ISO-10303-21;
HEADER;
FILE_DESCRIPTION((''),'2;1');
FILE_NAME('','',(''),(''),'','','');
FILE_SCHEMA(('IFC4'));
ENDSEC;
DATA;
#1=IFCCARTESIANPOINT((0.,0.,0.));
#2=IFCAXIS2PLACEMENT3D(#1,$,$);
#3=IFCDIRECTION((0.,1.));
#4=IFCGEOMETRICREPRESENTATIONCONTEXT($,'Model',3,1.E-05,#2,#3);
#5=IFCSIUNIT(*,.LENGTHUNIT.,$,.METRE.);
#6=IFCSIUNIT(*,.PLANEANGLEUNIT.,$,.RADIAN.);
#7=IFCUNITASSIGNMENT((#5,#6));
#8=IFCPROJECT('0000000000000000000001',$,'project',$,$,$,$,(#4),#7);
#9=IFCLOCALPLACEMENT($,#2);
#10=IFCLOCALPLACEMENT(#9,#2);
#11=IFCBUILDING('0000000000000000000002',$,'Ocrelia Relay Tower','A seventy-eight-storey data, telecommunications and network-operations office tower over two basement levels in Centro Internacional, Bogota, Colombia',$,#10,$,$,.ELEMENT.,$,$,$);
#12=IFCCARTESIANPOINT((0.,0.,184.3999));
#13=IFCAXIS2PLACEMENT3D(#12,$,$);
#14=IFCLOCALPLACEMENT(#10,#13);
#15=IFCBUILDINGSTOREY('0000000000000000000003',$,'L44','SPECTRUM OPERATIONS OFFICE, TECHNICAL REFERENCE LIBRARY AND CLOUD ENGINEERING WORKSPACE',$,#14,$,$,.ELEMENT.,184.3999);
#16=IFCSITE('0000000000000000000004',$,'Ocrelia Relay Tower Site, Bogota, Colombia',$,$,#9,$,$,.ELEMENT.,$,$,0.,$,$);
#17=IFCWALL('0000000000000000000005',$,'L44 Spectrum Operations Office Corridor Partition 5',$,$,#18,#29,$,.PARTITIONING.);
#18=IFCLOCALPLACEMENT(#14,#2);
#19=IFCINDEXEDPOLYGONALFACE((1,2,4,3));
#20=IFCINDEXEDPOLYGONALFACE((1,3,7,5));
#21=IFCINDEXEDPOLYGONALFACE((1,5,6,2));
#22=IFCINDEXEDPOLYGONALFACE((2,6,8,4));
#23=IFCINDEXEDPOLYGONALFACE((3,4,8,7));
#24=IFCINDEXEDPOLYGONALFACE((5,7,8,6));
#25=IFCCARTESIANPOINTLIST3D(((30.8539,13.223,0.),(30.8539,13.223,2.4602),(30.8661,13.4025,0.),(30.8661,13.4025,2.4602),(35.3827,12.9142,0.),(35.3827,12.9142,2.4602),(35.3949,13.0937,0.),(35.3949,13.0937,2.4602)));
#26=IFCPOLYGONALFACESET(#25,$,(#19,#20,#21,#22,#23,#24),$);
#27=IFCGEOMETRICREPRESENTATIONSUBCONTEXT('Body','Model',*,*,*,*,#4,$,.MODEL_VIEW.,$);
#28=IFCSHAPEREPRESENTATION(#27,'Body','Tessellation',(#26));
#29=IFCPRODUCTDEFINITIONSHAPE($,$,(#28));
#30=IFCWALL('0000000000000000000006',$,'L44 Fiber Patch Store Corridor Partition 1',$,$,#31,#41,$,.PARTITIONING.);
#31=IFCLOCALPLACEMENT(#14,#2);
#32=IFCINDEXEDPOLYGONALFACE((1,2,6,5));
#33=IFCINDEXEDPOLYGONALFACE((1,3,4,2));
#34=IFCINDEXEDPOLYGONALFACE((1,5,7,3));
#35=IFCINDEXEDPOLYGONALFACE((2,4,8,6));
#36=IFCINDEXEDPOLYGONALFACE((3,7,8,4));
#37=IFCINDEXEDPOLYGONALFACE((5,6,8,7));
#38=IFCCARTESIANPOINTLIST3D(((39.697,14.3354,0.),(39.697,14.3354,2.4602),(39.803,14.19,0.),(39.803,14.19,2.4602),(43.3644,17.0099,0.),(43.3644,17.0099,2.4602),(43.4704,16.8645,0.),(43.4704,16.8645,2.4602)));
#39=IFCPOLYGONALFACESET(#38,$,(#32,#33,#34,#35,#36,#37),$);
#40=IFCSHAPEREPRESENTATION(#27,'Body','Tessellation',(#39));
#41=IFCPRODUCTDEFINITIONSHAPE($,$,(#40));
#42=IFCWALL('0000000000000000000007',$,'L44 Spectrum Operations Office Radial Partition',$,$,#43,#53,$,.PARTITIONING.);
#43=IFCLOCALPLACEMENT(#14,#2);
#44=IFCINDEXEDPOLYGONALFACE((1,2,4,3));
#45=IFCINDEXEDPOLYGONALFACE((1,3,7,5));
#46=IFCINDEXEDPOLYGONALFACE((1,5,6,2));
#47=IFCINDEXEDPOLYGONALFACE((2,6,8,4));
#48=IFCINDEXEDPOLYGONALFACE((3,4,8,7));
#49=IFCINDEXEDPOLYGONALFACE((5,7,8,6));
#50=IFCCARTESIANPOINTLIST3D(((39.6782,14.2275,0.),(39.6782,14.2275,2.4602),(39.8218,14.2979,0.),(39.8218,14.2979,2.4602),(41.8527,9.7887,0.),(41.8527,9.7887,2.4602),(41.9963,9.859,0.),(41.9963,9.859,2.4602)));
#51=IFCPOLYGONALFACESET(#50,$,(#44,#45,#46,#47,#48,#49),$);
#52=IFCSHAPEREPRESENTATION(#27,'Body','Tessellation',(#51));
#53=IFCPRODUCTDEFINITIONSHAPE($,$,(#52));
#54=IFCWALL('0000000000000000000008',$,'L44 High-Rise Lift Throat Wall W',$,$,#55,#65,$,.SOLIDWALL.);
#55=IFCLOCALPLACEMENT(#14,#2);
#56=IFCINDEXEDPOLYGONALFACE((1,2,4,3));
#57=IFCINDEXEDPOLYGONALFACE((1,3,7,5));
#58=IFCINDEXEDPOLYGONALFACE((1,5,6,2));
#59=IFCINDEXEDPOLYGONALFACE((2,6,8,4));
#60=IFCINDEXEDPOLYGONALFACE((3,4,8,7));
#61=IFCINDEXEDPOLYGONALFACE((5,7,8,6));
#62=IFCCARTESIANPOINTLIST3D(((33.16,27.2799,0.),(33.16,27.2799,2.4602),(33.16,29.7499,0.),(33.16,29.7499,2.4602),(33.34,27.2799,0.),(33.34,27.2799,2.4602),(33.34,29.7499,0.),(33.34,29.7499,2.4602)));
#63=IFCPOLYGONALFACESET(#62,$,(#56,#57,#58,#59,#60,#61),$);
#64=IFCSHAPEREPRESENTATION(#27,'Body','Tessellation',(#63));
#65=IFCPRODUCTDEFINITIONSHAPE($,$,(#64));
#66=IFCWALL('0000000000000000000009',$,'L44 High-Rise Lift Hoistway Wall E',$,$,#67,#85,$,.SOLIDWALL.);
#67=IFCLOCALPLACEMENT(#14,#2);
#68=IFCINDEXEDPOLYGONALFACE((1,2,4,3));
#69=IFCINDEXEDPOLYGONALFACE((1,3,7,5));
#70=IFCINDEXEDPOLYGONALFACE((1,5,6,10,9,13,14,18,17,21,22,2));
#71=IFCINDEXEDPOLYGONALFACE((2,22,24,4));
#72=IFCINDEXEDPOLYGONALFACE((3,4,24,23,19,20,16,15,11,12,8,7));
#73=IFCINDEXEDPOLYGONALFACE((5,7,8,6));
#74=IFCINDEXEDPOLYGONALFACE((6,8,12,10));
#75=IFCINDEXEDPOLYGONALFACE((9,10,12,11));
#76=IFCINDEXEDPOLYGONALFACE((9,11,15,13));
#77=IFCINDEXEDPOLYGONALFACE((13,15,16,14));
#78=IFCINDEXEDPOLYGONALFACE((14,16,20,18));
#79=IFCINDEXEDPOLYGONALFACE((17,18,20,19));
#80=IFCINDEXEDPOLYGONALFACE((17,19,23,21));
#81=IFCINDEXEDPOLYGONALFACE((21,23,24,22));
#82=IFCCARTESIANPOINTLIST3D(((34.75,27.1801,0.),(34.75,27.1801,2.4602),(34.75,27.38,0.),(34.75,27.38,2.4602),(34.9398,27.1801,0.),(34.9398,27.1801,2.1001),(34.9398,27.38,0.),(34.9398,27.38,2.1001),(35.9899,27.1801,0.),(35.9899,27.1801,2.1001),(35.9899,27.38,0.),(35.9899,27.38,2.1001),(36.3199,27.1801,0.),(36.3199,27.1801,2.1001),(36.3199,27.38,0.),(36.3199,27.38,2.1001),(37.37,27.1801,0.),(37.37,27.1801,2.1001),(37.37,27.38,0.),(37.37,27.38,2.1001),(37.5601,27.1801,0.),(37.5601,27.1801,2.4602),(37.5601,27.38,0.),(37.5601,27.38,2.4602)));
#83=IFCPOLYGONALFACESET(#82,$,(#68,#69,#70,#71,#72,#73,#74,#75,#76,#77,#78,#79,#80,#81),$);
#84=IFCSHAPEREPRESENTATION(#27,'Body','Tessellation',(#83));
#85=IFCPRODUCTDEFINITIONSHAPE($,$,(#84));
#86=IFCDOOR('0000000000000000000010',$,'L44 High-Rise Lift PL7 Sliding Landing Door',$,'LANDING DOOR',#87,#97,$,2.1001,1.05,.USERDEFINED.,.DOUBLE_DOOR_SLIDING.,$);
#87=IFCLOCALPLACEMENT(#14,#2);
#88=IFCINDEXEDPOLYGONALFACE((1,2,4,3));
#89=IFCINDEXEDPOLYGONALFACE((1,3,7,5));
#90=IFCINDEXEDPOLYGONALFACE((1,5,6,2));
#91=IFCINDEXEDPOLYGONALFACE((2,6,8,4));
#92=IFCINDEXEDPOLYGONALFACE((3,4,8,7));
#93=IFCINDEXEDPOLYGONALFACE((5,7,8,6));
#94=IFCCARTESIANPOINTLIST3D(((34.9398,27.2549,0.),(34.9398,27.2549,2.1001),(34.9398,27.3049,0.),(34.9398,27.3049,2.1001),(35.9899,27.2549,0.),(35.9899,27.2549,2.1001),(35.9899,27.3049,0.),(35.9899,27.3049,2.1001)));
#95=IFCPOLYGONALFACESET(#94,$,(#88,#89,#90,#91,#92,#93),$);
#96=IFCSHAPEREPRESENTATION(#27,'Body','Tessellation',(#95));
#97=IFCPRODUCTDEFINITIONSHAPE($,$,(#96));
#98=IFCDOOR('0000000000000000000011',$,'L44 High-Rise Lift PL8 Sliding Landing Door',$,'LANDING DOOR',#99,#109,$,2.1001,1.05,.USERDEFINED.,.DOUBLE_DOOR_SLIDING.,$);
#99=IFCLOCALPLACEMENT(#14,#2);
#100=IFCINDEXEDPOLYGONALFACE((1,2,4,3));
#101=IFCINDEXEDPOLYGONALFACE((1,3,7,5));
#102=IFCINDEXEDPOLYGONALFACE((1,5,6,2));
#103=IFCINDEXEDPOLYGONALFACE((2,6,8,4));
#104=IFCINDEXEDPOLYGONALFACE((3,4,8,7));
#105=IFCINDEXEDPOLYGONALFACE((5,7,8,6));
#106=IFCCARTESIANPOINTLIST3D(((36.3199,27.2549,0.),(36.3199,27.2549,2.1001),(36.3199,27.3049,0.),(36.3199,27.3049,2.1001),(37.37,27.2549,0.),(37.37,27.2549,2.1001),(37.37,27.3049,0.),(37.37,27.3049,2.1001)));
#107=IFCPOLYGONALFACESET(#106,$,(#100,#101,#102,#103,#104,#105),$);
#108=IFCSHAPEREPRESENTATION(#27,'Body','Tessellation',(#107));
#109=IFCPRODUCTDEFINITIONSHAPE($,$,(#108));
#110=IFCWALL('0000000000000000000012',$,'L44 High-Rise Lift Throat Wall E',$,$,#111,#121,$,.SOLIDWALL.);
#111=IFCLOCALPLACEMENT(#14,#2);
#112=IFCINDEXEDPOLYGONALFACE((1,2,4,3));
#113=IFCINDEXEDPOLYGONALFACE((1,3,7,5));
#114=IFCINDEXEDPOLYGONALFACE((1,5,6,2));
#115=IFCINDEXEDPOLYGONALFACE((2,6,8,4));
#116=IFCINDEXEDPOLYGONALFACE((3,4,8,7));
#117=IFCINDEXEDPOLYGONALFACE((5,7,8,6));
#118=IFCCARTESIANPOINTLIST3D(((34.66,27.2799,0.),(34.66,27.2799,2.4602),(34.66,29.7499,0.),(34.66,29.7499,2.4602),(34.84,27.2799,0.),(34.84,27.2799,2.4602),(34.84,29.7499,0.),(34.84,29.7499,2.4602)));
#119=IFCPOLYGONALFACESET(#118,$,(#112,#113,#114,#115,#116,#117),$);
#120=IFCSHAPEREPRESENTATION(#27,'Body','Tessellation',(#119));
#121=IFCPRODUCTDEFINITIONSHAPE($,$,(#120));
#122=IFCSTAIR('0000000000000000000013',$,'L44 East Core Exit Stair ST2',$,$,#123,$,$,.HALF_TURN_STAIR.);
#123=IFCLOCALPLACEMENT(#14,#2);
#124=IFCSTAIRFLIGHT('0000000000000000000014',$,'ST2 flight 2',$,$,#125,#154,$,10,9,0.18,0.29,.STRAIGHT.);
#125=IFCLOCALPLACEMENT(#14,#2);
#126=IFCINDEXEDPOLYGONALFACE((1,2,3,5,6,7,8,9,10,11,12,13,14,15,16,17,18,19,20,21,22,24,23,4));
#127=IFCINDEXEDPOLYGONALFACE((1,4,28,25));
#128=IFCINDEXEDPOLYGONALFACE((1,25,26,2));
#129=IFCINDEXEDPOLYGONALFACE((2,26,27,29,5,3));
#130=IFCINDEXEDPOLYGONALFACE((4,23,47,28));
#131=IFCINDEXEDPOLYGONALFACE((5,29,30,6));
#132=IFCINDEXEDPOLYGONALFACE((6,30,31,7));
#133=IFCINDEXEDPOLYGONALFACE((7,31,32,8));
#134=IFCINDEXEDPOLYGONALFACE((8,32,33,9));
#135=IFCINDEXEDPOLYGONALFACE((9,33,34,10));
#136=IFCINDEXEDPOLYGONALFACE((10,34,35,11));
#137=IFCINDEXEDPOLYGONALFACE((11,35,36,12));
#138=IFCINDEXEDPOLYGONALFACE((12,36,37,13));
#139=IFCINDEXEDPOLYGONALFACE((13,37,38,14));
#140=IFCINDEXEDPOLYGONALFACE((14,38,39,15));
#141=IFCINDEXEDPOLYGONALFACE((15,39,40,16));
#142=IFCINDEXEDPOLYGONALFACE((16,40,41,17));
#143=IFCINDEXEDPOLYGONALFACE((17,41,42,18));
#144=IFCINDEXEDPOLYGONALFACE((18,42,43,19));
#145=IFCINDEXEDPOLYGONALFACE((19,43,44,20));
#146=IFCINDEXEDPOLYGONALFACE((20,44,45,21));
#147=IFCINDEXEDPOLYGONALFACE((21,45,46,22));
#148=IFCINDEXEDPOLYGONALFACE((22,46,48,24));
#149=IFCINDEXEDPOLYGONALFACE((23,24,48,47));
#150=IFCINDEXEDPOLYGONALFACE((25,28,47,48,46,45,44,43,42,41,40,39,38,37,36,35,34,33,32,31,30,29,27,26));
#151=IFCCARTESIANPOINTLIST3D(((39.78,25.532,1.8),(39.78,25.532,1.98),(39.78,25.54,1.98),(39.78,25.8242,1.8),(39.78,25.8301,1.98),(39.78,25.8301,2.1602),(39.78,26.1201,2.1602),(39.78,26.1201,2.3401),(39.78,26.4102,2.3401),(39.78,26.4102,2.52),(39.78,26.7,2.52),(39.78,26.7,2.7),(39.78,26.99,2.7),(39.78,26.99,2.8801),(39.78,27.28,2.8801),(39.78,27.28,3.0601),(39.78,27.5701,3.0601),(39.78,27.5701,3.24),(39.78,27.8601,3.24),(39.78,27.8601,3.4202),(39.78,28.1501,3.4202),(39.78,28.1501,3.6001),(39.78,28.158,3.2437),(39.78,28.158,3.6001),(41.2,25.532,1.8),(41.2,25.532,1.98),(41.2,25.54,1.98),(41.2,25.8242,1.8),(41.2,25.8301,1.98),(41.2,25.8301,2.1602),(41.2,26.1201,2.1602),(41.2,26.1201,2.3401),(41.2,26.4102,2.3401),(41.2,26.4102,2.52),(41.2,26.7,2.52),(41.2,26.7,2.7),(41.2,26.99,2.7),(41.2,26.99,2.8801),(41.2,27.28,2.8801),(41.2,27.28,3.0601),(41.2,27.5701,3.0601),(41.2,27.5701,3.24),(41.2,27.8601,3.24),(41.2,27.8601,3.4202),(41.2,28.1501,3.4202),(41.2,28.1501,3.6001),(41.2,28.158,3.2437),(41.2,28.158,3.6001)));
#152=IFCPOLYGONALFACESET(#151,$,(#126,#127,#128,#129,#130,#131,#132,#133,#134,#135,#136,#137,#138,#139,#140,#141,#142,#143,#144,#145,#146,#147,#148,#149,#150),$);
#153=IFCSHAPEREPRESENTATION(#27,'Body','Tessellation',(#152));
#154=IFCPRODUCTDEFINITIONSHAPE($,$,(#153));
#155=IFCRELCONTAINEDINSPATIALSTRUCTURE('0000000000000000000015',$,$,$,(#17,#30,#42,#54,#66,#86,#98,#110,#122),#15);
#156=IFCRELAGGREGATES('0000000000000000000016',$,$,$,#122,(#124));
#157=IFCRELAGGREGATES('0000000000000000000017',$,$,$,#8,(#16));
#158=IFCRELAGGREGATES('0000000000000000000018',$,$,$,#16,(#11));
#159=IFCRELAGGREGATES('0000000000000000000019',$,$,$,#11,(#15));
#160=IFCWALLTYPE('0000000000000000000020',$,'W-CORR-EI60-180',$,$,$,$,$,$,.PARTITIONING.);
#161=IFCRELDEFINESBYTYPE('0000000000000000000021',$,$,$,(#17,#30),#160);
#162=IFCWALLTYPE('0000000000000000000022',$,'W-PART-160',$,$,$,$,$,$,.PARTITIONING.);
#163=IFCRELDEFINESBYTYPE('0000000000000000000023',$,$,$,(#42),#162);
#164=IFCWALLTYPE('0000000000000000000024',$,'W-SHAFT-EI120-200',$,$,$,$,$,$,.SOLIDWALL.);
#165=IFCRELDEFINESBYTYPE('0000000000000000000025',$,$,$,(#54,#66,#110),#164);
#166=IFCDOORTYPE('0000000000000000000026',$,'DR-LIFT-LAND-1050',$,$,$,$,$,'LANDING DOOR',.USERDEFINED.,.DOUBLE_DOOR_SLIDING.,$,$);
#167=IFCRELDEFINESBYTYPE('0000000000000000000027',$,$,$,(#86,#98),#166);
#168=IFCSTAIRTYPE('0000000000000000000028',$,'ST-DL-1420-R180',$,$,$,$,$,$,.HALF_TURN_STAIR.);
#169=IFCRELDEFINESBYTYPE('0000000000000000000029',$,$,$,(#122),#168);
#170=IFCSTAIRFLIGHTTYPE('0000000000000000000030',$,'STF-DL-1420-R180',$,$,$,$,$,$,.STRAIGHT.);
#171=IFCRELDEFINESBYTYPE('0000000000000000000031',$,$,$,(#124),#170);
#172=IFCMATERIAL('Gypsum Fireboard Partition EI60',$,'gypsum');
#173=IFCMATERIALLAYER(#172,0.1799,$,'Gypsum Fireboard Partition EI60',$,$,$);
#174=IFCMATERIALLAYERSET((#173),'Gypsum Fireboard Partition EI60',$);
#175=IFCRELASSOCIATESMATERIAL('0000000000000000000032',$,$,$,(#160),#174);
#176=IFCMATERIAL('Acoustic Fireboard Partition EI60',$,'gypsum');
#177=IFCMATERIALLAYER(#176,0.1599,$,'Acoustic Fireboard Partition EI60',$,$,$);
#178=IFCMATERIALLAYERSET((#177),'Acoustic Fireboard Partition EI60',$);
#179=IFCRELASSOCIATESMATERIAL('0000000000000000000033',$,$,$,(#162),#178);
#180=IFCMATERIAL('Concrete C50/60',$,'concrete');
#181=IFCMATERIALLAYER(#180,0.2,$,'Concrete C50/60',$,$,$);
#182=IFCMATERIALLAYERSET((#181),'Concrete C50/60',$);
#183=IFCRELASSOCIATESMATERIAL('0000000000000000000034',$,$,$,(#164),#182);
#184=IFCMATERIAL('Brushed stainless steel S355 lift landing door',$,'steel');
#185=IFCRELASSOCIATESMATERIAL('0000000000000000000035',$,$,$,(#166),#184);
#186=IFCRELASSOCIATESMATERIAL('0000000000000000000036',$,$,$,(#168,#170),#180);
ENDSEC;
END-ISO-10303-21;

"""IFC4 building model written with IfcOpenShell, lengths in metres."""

from ifc_helpers import new_model, si_unit, direction, frame, frame_2d, origin, place, context, subcontext, project, spatial, polyline, rectangle, outline, extrude, material, layer, layer_set, type_object, element, fill, aggregate, save


model = new_model("IFC4")

# Units and contexts
model_context = context("Model", 3, precision=1e-05, world=origin(), true_north=direction((0.0, 1.0)))
body_context = subcontext(model_context, "Body", "Model", "MODEL_VIEW")
ifc_project = project(units=[si_unit("LENGTHUNIT", "METRE"), si_unit("PLANEANGLEUNIT", "RADIAN")], contexts=[model_context])

# Site, building, storey
site_placement = place(None, origin())
site = spatial("IfcSite", under=ifc_project, at=site_placement, Name="Ocrelia Relay Tower Site, Bogota, Colombia", CompositionType="ELEMENT", RefElevation=0.0)
building_placement = place(site_placement, origin())
building = spatial("IfcBuilding", under=site, at=building_placement, Name="Ocrelia Relay Tower", Description="A seventy-eight-storey data, telecommunications and network-operations office tower over two basement levels in Centro Internacional, Bogota, Colombia", CompositionType="ELEMENT")
storey_placement = place(building_placement, frame((0.0, 0.0, 184.3999)))
storey = spatial("IfcBuildingStorey", under=building, at=storey_placement, Name="L44", Description="SPECTRUM OPERATIONS OFFICE, TECHNICAL REFERENCE LIBRARY AND CLOUD ENGINEERING WORKSPACE", CompositionType="ELEMENT", Elevation=184.3999)

# Walls
ifc_material_1 = material(Name="Gypsum Fireboard Partition EI60", Category="gypsum")
ifc_layer_1 = layer(ifc_material_1, 0.1799, Name="Gypsum Fireboard Partition EI60")
ifc_layer_set_1 = layer_set([ifc_layer_1], Name="Gypsum Fireboard Partition EI60")
wall_type_1 = type_object("IfcWallType", Name="W-CORR-EI60-180", PredefinedType="PARTITIONING", material=ifc_layer_set_1)
wall_1_placement = place(storey_placement, frame((30.8601, 13.3127, 0.0), z_axis=(0.0, 0.0, 1.0), x_axis=(0.997683, -0.068036, 0.0)))
element("IfcWall", 1, at=wall_1_placement, inside=storey, type_object=wall_type_1, Name="L44 Spectrum Operations Office Corridor Partition 5", PredefinedType="PARTITIONING", context=body_context, shape_type="SweptSolid", body=[
    extrude(rectangle(XDim=4.5393, YDim=0.1799, at=frame_2d((2.2695, 0.0))), origin(), (0.0, 0.0, 1.0), 2.4602),
])
wall_2_placement = place(storey_placement, frame((39.75, 14.2627, 0.0), z_axis=(0.0, 0.0, 1.0), x_axis=(0.80797, 0.589223, 0.0)))
element("IfcWall", 2, at=wall_2_placement, inside=storey, type_object=wall_type_1, Name="L44 Fiber Patch Store Corridor Partition 1", PredefinedType="PARTITIONING", context=body_context, shape_type="SweptSolid", body=[
    extrude(rectangle(XDim=4.5391, YDim=0.1799, at=frame_2d((2.2695, 0.0))), origin(), (0.0, 0.0, 1.0), 2.4602),
])
ifc_material_2 = material(Name="Acoustic Fireboard Partition EI60", Category="gypsum")
ifc_layer_2 = layer(ifc_material_2, 0.1599, Name="Acoustic Fireboard Partition EI60")
ifc_layer_set_2 = layer_set([ifc_layer_2], Name="Acoustic Fireboard Partition EI60")
wall_type_2 = type_object("IfcWallType", Name="W-PART-160", PredefinedType="PARTITIONING", material=ifc_layer_set_2)
wall_3_placement = place(storey_placement, frame((39.75, 14.2627, 0.0), z_axis=(0.0, 0.0, 1.0), x_axis=(0.439928, -0.898033, 0.0)))
element("IfcWall", 3, at=wall_3_placement, inside=storey, type_object=wall_type_2, Name="L44 Spectrum Operations Office Radial Partition", PredefinedType="PARTITIONING", context=body_context, shape_type="SweptSolid", body=[
    extrude(rectangle(XDim=4.9429, YDim=0.1599, at=frame_2d((2.4714, 0.0))), origin(), (0.0, 0.0, 1.0), 2.4602),
])
ifc_material_3 = material(Name="Concrete C50/60", Category="concrete")
ifc_layer_3 = layer(ifc_material_3, 0.2, Name="Concrete C50/60")
ifc_layer_set_3 = layer_set([ifc_layer_3], Name="Concrete C50/60")
wall_type_3 = type_object("IfcWallType", Name="W-SHAFT-EI120-200", PredefinedType="SOLIDWALL", material=ifc_layer_set_3)
wall_4_placement = place(storey_placement, frame((33.25, 27.28, 0.0), z_axis=(0.0, 0.0, 1.0), x_axis=(0.0, 1.0, 0.0)))
element("IfcWall", 4, at=wall_4_placement, inside=storey, type_object=wall_type_3, Name="L44 High-Rise Lift Throat Wall W", PredefinedType="SOLIDWALL", context=body_context, shape_type="SweptSolid", body=[
    extrude(rectangle(XDim=2.47, YDim=0.1799, at=frame_2d((1.2349, 0.0))), origin(), (0.0, 0.0, 1.0), 2.4602),
])

# Wall, openings, doors
wall_5_placement = place(storey_placement, frame((34.75, 27.28, 0.0), z_axis=(0.0, 0.0, 1.0), x_axis=(1.0, 0.0, 0.0)))
wall_5 = element("IfcWall", 5, at=wall_5_placement, inside=storey, type_object=wall_type_3, Name="L44 High-Rise Lift Hoistway Wall E", PredefinedType="SOLIDWALL", context=body_context, shape_type="SweptSolid", body=[
    extrude(rectangle(XDim=2.8101, YDim=0.2, at=frame_2d((1.405, 0.0))), origin(), (0.0, 0.0, 1.0), 2.4602),
])
opening_1_placement = place(wall_5_placement, frame((0.1899, 0.0, 0.0)))
opening_1 = element("IfcOpeningElement", 6, at=opening_1_placement, cuts=wall_5, PredefinedType="OPENING", context=body_context, shape_type="SweptSolid", body=[
    extrude(rectangle(XDim=1.05, YDim=2.1001, at=frame_2d((0.5249, 1.05))), frame((0.0, 0.1099, 0.0), z_axis=(0.0, -1.0, 0.0), x_axis=(1.0, 0.0, 0.0)), (0.0, 0.0, 1.0), 0.22),
])
opening_2_placement = place(wall_5_placement, frame((1.5701, 0.0, 0.0)))
opening_2 = element("IfcOpeningElement", 7, at=opening_2_placement, cuts=wall_5, PredefinedType="OPENING", context=body_context, shape_type="SweptSolid", body=[
    extrude(rectangle(XDim=1.05, YDim=2.1001, at=frame_2d((0.5249, 1.05))), frame((0.0, 0.1099, 0.0), z_axis=(0.0, -1.0, 0.0), x_axis=(1.0, 0.0, 0.0)), (0.0, 0.0, 1.0), 0.22),
])
ifc_material_4 = material(Name="Brushed stainless steel S355 lift landing door", Category="steel")
door_type = type_object("IfcDoorType", Name="DR-LIFT-LAND-1050", ElementType="LANDING DOOR", OperationType="DOUBLE_DOOR_SLIDING", PredefinedType="USERDEFINED", material=ifc_material_4)
door_1_placement = place(opening_1_placement, origin())
door_1 = element("IfcDoor", 8, at=door_1_placement, inside=storey, type_object=door_type, Name="L44 High-Rise Lift PL7 Sliding Landing Door", ObjectType="LANDING DOOR", OperationType="DOUBLE_DOOR_SLIDING", OverallHeight=2.1001, OverallWidth=1.05, PredefinedType="USERDEFINED", context=body_context, shape_type="SweptSolid", body=[
    extrude(rectangle(XDim=1.05, YDim=2.1001, at=frame_2d((0.5249, 1.05))), frame((0.0, 0.0249, 0.0), z_axis=(0.0, -1.0, 0.0), x_axis=(1.0, 0.0, 0.0)), (0.0, 0.0, 1.0), 0.05),
])
fill(opening_1, door_1)
door_2_placement = place(opening_2_placement, origin())
door_2 = element("IfcDoor", 9, at=door_2_placement, inside=storey, type_object=door_type, Name="L44 High-Rise Lift PL8 Sliding Landing Door", ObjectType="LANDING DOOR", OperationType="DOUBLE_DOOR_SLIDING", OverallHeight=2.1001, OverallWidth=1.05, PredefinedType="USERDEFINED", context=body_context, shape_type="SweptSolid", body=[
    extrude(rectangle(XDim=1.05, YDim=2.1001, at=frame_2d((0.5249, 1.05))), frame((0.0, 0.0249, 0.0), z_axis=(0.0, -1.0, 0.0), x_axis=(1.0, 0.0, 0.0)), (0.0, 0.0, 1.0), 0.05),
])
fill(opening_2, door_2)

# Wall
wall_6_placement = place(storey_placement, frame((34.75, 27.28, 0.0), z_axis=(0.0, 0.0, 1.0), x_axis=(0.0, 1.0, 0.0)))
element("IfcWall", 10, at=wall_6_placement, inside=storey, type_object=wall_type_3, Name="L44 High-Rise Lift Throat Wall E", PredefinedType="SOLIDWALL", context=body_context, shape_type="SweptSolid", body=[
    extrude(rectangle(XDim=2.47, YDim=0.1799, at=frame_2d((1.2349, 0.0))), origin(), (0.0, 0.0, 1.0), 2.4602),
])

# Stair, stair flight
stair_type = type_object("IfcStairType", Name="ST-DL-1420-R180", PredefinedType="HALF_TURN_STAIR", material=ifc_material_3)
stair_placement = place(storey_placement, origin())
stair = element("IfcStair", 11, at=stair_placement, inside=storey, type_object=stair_type, Name="L44 East Core Exit Stair ST2", PredefinedType="HALF_TURN_STAIR")
stair_flight_type = type_object("IfcStairFlightType", Name="STF-DL-1420-R180", PredefinedType="STRAIGHT", material=ifc_material_3)
stair_flight_placement = place(storey_placement, frame((40.49, 25.54, 1.8), z_axis=(0.0, 0.0, 1.0), x_axis=(0.0, 1.0, 0.0)))
stair_flight = element("IfcStairFlight", 12, at=stair_flight_placement, type_object=stair_flight_type, Name="ST2 flight 2", NumberOfRisers=10, NumberOfTreads=9, PredefinedType="STRAIGHT", RiserHeight=0.18, TreadLength=0.29, context=body_context, shape_type="SweptSolid", body=[
    extrude(outline(polyline([(-0.0081, 0.0), (-0.0081, 0.1799), (0.0, 0.1799), (0.29, 0.1799), (0.29, 0.3601), (0.5801, 0.3601), (0.5801, 0.54), (0.8701, 0.54), (0.8701, 0.72), (1.1599, 0.72), (1.1599, 0.8999), (1.45, 0.8999), (1.45, 1.0801), (1.74, 1.0801), (1.74, 1.26), (2.03, 1.26), (2.03, 1.4399), (2.3201, 1.4399), (2.3201, 1.6201), (2.6101, 1.6201), (2.6101, 1.8), (2.6179, 1.8), (2.6179, 1.4436), (0.2842, 0.0), (-0.0081, 0.0)])), frame((0.0, 0.71, 0.0), z_axis=(0.0, -1.0, 0.0), x_axis=(1.0, 0.0, 0.0)), (0.0, 0.0, 1.0), 1.4199),
])
aggregate(stair, [stair_flight])

save(model, "model.ifc")
